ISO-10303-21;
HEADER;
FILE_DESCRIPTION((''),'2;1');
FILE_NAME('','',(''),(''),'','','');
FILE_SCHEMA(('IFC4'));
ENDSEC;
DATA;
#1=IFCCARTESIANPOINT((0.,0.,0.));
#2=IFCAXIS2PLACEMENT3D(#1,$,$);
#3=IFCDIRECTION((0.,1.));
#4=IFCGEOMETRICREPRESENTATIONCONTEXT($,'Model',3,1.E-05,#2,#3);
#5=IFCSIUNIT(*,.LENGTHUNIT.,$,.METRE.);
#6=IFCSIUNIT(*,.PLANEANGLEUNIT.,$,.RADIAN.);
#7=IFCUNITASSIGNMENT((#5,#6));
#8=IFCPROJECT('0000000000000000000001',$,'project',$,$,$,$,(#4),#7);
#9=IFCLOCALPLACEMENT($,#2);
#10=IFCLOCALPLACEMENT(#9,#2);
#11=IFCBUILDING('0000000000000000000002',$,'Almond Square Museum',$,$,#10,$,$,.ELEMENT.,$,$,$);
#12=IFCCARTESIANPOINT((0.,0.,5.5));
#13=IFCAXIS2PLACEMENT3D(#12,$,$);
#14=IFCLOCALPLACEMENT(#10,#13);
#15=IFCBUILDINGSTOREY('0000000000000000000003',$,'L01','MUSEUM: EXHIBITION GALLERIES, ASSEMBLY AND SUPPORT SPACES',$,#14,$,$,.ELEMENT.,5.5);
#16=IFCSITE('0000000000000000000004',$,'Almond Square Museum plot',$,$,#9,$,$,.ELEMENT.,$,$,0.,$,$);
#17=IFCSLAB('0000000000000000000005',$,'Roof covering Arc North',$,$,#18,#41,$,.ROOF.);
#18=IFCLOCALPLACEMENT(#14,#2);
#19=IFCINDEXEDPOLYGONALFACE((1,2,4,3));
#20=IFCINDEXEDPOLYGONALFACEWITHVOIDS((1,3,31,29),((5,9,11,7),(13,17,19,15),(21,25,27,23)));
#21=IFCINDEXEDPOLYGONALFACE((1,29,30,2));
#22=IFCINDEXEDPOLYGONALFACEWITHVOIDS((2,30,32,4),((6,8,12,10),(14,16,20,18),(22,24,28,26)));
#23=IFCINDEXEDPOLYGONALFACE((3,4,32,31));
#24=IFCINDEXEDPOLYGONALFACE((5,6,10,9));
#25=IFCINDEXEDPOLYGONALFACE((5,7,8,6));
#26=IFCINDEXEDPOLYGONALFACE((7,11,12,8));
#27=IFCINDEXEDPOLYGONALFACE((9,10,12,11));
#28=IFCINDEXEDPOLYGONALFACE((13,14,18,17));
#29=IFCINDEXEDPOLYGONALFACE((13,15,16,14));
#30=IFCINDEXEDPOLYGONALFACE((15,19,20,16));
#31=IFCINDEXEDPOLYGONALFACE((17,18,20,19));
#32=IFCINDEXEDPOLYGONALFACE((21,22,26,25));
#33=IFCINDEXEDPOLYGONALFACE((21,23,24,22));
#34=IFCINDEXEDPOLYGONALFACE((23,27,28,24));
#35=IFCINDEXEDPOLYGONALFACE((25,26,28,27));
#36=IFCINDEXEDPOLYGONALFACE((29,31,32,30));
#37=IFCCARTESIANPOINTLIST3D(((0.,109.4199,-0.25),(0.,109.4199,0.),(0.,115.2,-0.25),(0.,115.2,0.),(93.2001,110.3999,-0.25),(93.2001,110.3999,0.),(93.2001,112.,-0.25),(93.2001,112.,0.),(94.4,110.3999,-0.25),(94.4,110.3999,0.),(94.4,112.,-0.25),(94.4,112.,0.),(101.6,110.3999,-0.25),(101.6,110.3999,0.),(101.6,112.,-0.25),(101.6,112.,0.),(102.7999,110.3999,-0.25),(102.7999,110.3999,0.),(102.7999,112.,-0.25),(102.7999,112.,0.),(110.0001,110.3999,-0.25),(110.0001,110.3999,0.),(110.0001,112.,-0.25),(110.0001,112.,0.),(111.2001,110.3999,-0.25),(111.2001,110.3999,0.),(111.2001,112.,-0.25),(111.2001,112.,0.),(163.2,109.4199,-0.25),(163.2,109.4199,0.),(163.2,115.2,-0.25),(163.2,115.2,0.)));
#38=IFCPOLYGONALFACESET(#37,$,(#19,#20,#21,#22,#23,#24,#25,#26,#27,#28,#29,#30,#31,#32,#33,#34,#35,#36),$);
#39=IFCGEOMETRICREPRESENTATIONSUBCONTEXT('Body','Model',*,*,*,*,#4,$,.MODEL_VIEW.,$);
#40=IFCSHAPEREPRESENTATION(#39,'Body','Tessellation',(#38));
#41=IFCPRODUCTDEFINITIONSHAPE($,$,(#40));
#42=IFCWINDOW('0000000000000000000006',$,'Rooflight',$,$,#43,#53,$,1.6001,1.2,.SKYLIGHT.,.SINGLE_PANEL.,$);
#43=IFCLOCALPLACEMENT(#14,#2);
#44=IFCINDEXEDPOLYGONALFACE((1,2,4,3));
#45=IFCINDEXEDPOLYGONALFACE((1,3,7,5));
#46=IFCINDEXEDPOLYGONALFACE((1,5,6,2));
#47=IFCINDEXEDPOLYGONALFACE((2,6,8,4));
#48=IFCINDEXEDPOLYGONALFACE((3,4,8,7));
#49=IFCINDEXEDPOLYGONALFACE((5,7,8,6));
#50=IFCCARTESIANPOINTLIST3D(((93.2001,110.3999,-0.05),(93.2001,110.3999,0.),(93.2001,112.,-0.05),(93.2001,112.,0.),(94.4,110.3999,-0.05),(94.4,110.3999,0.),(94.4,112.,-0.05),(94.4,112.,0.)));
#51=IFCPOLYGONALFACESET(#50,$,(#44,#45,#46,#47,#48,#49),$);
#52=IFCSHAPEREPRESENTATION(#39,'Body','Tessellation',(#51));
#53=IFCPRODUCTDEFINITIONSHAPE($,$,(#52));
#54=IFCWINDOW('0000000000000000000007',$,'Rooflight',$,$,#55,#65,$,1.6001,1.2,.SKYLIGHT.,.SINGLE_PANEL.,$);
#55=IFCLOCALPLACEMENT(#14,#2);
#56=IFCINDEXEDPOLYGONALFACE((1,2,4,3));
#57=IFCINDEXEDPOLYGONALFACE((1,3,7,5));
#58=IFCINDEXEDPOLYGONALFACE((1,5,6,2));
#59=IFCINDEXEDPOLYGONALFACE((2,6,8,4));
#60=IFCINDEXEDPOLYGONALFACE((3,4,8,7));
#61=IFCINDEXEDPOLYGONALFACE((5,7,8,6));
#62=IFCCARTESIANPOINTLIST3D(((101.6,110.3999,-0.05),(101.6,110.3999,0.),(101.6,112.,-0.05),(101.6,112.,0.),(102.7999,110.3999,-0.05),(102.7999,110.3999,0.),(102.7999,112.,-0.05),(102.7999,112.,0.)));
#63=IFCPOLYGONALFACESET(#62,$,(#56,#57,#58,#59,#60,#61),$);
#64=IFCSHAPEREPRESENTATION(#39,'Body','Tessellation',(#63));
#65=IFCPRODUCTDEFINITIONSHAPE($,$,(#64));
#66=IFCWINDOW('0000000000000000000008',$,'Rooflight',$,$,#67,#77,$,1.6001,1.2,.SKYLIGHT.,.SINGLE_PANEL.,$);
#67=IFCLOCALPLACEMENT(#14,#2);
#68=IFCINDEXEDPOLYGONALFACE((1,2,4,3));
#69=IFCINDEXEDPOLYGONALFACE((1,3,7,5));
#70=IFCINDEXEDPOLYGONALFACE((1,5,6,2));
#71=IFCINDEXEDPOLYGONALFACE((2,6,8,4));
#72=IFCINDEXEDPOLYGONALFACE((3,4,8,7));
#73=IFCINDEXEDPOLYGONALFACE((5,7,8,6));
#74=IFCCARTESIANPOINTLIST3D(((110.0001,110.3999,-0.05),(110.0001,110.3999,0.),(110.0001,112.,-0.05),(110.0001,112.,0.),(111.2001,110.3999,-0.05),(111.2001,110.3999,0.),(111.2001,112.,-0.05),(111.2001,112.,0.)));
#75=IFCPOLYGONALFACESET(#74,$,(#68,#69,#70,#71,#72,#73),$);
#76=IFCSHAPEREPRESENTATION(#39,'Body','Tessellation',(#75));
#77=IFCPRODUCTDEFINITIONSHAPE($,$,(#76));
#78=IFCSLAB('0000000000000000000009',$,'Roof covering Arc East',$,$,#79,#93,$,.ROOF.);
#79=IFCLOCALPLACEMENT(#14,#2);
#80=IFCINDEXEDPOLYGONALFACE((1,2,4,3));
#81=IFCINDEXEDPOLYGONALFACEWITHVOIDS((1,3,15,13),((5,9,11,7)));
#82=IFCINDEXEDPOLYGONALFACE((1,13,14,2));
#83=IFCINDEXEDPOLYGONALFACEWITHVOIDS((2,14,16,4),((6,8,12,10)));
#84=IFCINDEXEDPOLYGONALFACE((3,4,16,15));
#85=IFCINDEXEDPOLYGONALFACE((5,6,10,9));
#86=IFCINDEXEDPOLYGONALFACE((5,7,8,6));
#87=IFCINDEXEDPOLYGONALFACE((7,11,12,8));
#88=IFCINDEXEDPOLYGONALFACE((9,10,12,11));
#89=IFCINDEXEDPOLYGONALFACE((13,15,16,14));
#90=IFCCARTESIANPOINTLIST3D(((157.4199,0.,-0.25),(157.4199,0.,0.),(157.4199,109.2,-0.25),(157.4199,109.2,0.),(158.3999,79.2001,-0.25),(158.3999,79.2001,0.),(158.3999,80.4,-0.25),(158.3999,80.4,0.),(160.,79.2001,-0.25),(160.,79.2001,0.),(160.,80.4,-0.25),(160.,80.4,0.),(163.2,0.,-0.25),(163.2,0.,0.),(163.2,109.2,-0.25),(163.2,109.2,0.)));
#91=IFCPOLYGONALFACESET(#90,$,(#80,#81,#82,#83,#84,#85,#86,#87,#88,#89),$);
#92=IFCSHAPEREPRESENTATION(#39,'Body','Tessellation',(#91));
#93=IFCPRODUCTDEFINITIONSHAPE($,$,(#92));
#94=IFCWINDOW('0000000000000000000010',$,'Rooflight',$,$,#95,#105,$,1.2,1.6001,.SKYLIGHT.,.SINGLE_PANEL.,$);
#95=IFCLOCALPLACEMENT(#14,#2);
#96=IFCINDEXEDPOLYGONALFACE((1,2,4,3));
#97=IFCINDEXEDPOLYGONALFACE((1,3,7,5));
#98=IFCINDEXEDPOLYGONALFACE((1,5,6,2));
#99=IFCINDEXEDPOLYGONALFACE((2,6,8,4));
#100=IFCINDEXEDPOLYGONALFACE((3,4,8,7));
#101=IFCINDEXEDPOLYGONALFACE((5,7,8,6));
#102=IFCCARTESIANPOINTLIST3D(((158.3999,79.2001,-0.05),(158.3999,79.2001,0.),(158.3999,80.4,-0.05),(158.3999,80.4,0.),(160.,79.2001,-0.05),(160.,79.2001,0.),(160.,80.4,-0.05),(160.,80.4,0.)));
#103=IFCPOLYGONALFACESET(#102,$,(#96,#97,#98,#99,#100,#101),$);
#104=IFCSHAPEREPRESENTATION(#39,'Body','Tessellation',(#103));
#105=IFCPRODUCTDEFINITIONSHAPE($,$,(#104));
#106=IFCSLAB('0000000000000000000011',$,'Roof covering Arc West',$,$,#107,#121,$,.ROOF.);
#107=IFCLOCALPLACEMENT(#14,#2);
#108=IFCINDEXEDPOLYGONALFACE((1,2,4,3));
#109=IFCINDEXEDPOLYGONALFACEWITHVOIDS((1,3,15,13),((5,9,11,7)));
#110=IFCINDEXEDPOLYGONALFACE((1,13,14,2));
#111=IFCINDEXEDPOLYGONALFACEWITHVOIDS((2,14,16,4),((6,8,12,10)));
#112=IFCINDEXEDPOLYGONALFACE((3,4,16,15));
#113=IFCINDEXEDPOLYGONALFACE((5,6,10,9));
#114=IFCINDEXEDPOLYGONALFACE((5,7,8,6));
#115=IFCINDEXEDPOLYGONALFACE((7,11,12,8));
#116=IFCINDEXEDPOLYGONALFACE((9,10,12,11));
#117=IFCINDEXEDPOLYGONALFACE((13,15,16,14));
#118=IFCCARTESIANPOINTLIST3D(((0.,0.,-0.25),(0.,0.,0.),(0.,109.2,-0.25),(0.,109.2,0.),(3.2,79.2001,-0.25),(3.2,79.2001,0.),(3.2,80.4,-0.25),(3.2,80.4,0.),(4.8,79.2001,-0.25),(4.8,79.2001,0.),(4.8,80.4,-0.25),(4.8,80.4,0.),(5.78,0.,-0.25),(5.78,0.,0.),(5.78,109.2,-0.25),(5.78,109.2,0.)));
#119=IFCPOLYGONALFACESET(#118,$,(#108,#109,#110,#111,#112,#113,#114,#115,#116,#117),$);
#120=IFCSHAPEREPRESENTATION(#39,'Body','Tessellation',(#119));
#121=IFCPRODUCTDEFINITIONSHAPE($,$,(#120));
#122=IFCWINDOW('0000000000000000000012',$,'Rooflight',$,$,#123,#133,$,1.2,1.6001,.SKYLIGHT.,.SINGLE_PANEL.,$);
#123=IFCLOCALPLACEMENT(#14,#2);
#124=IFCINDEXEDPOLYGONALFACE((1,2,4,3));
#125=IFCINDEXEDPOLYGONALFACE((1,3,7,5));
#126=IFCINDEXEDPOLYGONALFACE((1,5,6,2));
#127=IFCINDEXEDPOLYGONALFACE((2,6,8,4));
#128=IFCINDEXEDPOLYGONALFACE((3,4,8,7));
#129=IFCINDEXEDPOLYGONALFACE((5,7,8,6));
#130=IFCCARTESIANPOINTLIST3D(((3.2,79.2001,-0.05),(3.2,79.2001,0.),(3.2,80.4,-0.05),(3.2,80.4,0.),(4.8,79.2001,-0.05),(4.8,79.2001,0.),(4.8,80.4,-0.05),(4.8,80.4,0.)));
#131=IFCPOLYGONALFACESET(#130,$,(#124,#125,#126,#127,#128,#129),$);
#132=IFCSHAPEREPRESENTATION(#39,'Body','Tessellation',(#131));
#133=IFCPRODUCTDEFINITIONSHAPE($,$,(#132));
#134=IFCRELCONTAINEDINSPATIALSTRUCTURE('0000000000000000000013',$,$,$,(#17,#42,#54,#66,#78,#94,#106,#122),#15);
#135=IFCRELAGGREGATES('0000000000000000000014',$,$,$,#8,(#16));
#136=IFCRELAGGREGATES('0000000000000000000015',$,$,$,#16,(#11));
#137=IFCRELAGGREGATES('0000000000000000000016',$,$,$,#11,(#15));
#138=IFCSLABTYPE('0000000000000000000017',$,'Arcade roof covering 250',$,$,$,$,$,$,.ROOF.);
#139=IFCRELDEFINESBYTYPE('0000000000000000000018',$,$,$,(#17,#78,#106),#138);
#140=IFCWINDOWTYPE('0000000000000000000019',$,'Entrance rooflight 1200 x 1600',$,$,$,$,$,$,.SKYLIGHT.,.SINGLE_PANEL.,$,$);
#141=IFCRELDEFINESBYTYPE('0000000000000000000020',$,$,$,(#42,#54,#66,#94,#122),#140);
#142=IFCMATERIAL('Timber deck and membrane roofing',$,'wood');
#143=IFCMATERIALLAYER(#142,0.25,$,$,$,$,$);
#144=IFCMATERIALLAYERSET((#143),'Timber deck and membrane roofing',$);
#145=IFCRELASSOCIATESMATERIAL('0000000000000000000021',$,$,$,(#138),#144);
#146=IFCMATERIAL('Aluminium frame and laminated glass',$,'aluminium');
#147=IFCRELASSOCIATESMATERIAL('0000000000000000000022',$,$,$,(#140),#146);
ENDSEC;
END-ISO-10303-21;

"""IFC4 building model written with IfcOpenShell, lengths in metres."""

from ifc_helpers import new_model, si_unit, direction, frame, origin, origin_2d, place, context, subcontext, project, spatial, polyline, rectangle, outline, extrude, material, layer, layer_set, type_object, element, fill, save


model = new_model("IFC4")

# Units and contexts
model_context = context("Model", 3, precision=1e-05, world=origin(), true_north=direction((0.0, 1.0)))
body_context = subcontext(model_context, "Body", "Model", "MODEL_VIEW")
ifc_project = project(units=[si_unit("LENGTHUNIT", "METRE"), si_unit("PLANEANGLEUNIT", "RADIAN")], contexts=[model_context])

# Site, building, storey
site_placement = place(None, origin())
site = spatial("IfcSite", under=ifc_project, at=site_placement, Name="Almond Square Museum plot", CompositionType="ELEMENT", RefElevation=0.0)
building_placement = place(site_placement, origin())
building = spatial("IfcBuilding", under=site, at=building_placement, Name="Almond Square Museum", CompositionType="ELEMENT")
storey_placement = place(building_placement, frame((0.0, 0.0, 5.5)))
storey = spatial("IfcBuildingStorey", under=building, at=storey_placement, Name="L01", Description="MUSEUM: EXHIBITION GALLERIES, ASSEMBLY AND SUPPORT SPACES", CompositionType="ELEMENT", Elevation=5.5)

# Slab, openings, windows
ifc_material_1 = material(Name="Timber deck and membrane roofing", Category="wood")
ifc_layer_1 = layer(ifc_material_1, 0.25)
ifc_layer_set_1 = layer_set([ifc_layer_1], Name="Timber deck and membrane roofing")
slab_type_1 = type_object("IfcSlabType", Name="Arcade roof covering 250", PredefinedType="ROOF", material=ifc_layer_set_1)
slab_1_placement = place(storey_placement, frame((0.0, 0.0, -0.25)))
slab_1 = element("IfcSlab", 1, at=slab_1_placement, inside=storey, type_object=slab_type_1, Name="Roof covering Arc North", PredefinedType="ROOF", context=body_context, shape_type="SweptSolid", body=[
    extrude(outline(polyline([(163.2, 109.4199), (163.2, 115.2), (0.0, 115.2), (0.0, 109.4199), (163.2, 109.4199)])), origin(), (0.0, 0.0, 1.0), 0.25),
])
opening_1_placement = place(slab_1_placement, frame((93.8, 111.2, -0.01)))
opening_1 = element("IfcOpeningElement", 2, at=opening_1_placement, cuts=slab_1, PredefinedType="OPENING", context=body_context, shape_type="SweptSolid", body=[
    extrude(rectangle(XDim=1.2, YDim=1.6001, at=origin_2d()), origin(), (0.0, 0.0, 1.0), 0.27),
])
opening_2_placement = place(slab_1_placement, frame((102.2, 111.2, -0.01)))
opening_2 = element("IfcOpeningElement", 3, at=opening_2_placement, cuts=slab_1, PredefinedType="OPENING", context=body_context, shape_type="SweptSolid", body=[
    extrude(rectangle(XDim=1.2, YDim=1.6001, at=origin_2d()), origin(), (0.0, 0.0, 1.0), 0.27),
])
opening_3_placement = place(slab_1_placement, frame((110.6001, 111.2, -0.01)))
opening_3 = element("IfcOpeningElement", 4, at=opening_3_placement, cuts=slab_1, PredefinedType="OPENING", context=body_context, shape_type="SweptSolid", body=[
    extrude(rectangle(XDim=1.2, YDim=1.6001, at=origin_2d()), origin(), (0.0, 0.0, 1.0), 0.27),
])
ifc_material_2 = material(Name="Aluminium frame and laminated glass", Category="aluminium")
window_type = type_object("IfcWindowType", Name="Entrance rooflight 1200 x 1600", PartitioningType="SINGLE_PANEL", PredefinedType="SKYLIGHT", material=ifc_material_2)
window_1_placement = place(opening_1_placement, frame((0.0, 0.0, 0.21)))
window_1 = element("IfcWindow", 5, at=window_1_placement, inside=storey, type_object=window_type, Name="Rooflight", OverallHeight=1.6001, OverallWidth=1.2, PartitioningType="SINGLE_PANEL", PredefinedType="SKYLIGHT", context=body_context, shape_type="SweptSolid", body=[
    extrude(rectangle(XDim=1.2, YDim=1.6001, at=origin_2d()), origin(), (0.0, 0.0, 1.0), 0.05),
])
fill(opening_1, window_1)
window_2_placement = place(opening_2_placement, frame((0.0, 0.0, 0.21)))
window_2 = element("IfcWindow", 6, at=window_2_placement, inside=storey, type_object=window_type, Name="Rooflight", OverallHeight=1.6001, OverallWidth=1.2, PartitioningType="SINGLE_PANEL", PredefinedType="SKYLIGHT", context=body_context, shape_type="SweptSolid", body=[
    extrude(rectangle(XDim=1.2, YDim=1.6001, at=origin_2d()), origin(), (0.0, 0.0, 1.0), 0.05),
])
fill(opening_2, window_2)
window_3_placement = place(opening_3_placement, frame((0.0, 0.0, 0.21)))
window_3 = element("IfcWindow", 7, at=window_3_placement, inside=storey, type_object=window_type, Name="Rooflight", OverallHeight=1.6001, OverallWidth=1.2, PartitioningType="SINGLE_PANEL", PredefinedType="SKYLIGHT", context=body_context, shape_type="SweptSolid", body=[
    extrude(rectangle(XDim=1.2, YDim=1.6001, at=origin_2d()), origin(), (0.0, 0.0, 1.0), 0.05),
])
fill(opening_3, window_3)

# Slabs, openings, windows
slab_2_placement = place(storey_placement, frame((0.0, 0.0, -0.25)))
slab_2 = element("IfcSlab", 8, at=slab_2_placement, inside=storey, type_object=slab_type_1, Name="Roof covering Arc East", PredefinedType="ROOF", context=body_context, shape_type="SweptSolid", body=[
    extrude(outline(polyline([(163.2, 0.0), (163.2, 109.2), (157.4199, 109.2), (157.4199, 0.0), (163.2, 0.0)])), origin(), (0.0, 0.0, 1.0), 0.25),
])
opening_4_placement = place(slab_2_placement, frame((159.2, 79.8, -0.01)))
opening_4 = element("IfcOpeningElement", 9, at=opening_4_placement, cuts=slab_2, PredefinedType="OPENING", context=body_context, shape_type="SweptSolid", body=[
    extrude(rectangle(XDim=1.6001, YDim=1.2, at=origin_2d()), origin(), (0.0, 0.0, 1.0), 0.27),
])
window_4_placement = place(opening_4_placement, frame((0.0, 0.0, 0.21)))
window_4 = element("IfcWindow", 10, at=window_4_placement, inside=storey, type_object=window_type, Name="Rooflight", OverallHeight=1.2, OverallWidth=1.6001, PartitioningType="SINGLE_PANEL", PredefinedType="SKYLIGHT", context=body_context, shape_type="SweptSolid", body=[
    extrude(rectangle(XDim=1.6001, YDim=1.2, at=origin_2d()), origin(), (0.0, 0.0, 1.0), 0.05),
])
fill(opening_4, window_4)
slab_3_placement = place(storey_placement, frame((0.0, 0.0, -0.25)))
slab_3 = element("IfcSlab", 11, at=slab_3_placement, inside=storey, type_object=slab_type_1, Name="Roof covering Arc West", PredefinedType="ROOF", context=body_context, shape_type="SweptSolid", body=[
    extrude(outline(polyline([(5.78, 0.0), (5.78, 109.2), (0.0, 109.2), (0.0, 0.0), (5.78, 0.0)])), origin(), (0.0, 0.0, 1.0), 0.25),
])
opening_5_placement = place(slab_3_placement, frame((4.0, 79.8, -0.01)))
opening_5 = element("IfcOpeningElement", 12, at=opening_5_placement, cuts=slab_3, PredefinedType="OPENING", context=body_context, shape_type="SweptSolid", body=[
    extrude(rectangle(XDim=1.6001, YDim=1.2, at=origin_2d()), origin(), (0.0, 0.0, 1.0), 0.27),
])
window_5_placement = place(opening_5_placement, frame((0.0, 0.0, 0.21)))
window_5 = element("IfcWindow", 13, at=window_5_placement, inside=storey, type_object=window_type, Name="Rooflight", OverallHeight=1.2, OverallWidth=1.6001, PartitioningType="SINGLE_PANEL", PredefinedType="SKYLIGHT", context=body_context, shape_type="SweptSolid", body=[
    extrude(rectangle(XDim=1.6001, YDim=1.2, at=origin_2d()), origin(), (0.0, 0.0, 1.0), 0.05),
])
fill(opening_5, window_5)

save(model, "model.ifc")
